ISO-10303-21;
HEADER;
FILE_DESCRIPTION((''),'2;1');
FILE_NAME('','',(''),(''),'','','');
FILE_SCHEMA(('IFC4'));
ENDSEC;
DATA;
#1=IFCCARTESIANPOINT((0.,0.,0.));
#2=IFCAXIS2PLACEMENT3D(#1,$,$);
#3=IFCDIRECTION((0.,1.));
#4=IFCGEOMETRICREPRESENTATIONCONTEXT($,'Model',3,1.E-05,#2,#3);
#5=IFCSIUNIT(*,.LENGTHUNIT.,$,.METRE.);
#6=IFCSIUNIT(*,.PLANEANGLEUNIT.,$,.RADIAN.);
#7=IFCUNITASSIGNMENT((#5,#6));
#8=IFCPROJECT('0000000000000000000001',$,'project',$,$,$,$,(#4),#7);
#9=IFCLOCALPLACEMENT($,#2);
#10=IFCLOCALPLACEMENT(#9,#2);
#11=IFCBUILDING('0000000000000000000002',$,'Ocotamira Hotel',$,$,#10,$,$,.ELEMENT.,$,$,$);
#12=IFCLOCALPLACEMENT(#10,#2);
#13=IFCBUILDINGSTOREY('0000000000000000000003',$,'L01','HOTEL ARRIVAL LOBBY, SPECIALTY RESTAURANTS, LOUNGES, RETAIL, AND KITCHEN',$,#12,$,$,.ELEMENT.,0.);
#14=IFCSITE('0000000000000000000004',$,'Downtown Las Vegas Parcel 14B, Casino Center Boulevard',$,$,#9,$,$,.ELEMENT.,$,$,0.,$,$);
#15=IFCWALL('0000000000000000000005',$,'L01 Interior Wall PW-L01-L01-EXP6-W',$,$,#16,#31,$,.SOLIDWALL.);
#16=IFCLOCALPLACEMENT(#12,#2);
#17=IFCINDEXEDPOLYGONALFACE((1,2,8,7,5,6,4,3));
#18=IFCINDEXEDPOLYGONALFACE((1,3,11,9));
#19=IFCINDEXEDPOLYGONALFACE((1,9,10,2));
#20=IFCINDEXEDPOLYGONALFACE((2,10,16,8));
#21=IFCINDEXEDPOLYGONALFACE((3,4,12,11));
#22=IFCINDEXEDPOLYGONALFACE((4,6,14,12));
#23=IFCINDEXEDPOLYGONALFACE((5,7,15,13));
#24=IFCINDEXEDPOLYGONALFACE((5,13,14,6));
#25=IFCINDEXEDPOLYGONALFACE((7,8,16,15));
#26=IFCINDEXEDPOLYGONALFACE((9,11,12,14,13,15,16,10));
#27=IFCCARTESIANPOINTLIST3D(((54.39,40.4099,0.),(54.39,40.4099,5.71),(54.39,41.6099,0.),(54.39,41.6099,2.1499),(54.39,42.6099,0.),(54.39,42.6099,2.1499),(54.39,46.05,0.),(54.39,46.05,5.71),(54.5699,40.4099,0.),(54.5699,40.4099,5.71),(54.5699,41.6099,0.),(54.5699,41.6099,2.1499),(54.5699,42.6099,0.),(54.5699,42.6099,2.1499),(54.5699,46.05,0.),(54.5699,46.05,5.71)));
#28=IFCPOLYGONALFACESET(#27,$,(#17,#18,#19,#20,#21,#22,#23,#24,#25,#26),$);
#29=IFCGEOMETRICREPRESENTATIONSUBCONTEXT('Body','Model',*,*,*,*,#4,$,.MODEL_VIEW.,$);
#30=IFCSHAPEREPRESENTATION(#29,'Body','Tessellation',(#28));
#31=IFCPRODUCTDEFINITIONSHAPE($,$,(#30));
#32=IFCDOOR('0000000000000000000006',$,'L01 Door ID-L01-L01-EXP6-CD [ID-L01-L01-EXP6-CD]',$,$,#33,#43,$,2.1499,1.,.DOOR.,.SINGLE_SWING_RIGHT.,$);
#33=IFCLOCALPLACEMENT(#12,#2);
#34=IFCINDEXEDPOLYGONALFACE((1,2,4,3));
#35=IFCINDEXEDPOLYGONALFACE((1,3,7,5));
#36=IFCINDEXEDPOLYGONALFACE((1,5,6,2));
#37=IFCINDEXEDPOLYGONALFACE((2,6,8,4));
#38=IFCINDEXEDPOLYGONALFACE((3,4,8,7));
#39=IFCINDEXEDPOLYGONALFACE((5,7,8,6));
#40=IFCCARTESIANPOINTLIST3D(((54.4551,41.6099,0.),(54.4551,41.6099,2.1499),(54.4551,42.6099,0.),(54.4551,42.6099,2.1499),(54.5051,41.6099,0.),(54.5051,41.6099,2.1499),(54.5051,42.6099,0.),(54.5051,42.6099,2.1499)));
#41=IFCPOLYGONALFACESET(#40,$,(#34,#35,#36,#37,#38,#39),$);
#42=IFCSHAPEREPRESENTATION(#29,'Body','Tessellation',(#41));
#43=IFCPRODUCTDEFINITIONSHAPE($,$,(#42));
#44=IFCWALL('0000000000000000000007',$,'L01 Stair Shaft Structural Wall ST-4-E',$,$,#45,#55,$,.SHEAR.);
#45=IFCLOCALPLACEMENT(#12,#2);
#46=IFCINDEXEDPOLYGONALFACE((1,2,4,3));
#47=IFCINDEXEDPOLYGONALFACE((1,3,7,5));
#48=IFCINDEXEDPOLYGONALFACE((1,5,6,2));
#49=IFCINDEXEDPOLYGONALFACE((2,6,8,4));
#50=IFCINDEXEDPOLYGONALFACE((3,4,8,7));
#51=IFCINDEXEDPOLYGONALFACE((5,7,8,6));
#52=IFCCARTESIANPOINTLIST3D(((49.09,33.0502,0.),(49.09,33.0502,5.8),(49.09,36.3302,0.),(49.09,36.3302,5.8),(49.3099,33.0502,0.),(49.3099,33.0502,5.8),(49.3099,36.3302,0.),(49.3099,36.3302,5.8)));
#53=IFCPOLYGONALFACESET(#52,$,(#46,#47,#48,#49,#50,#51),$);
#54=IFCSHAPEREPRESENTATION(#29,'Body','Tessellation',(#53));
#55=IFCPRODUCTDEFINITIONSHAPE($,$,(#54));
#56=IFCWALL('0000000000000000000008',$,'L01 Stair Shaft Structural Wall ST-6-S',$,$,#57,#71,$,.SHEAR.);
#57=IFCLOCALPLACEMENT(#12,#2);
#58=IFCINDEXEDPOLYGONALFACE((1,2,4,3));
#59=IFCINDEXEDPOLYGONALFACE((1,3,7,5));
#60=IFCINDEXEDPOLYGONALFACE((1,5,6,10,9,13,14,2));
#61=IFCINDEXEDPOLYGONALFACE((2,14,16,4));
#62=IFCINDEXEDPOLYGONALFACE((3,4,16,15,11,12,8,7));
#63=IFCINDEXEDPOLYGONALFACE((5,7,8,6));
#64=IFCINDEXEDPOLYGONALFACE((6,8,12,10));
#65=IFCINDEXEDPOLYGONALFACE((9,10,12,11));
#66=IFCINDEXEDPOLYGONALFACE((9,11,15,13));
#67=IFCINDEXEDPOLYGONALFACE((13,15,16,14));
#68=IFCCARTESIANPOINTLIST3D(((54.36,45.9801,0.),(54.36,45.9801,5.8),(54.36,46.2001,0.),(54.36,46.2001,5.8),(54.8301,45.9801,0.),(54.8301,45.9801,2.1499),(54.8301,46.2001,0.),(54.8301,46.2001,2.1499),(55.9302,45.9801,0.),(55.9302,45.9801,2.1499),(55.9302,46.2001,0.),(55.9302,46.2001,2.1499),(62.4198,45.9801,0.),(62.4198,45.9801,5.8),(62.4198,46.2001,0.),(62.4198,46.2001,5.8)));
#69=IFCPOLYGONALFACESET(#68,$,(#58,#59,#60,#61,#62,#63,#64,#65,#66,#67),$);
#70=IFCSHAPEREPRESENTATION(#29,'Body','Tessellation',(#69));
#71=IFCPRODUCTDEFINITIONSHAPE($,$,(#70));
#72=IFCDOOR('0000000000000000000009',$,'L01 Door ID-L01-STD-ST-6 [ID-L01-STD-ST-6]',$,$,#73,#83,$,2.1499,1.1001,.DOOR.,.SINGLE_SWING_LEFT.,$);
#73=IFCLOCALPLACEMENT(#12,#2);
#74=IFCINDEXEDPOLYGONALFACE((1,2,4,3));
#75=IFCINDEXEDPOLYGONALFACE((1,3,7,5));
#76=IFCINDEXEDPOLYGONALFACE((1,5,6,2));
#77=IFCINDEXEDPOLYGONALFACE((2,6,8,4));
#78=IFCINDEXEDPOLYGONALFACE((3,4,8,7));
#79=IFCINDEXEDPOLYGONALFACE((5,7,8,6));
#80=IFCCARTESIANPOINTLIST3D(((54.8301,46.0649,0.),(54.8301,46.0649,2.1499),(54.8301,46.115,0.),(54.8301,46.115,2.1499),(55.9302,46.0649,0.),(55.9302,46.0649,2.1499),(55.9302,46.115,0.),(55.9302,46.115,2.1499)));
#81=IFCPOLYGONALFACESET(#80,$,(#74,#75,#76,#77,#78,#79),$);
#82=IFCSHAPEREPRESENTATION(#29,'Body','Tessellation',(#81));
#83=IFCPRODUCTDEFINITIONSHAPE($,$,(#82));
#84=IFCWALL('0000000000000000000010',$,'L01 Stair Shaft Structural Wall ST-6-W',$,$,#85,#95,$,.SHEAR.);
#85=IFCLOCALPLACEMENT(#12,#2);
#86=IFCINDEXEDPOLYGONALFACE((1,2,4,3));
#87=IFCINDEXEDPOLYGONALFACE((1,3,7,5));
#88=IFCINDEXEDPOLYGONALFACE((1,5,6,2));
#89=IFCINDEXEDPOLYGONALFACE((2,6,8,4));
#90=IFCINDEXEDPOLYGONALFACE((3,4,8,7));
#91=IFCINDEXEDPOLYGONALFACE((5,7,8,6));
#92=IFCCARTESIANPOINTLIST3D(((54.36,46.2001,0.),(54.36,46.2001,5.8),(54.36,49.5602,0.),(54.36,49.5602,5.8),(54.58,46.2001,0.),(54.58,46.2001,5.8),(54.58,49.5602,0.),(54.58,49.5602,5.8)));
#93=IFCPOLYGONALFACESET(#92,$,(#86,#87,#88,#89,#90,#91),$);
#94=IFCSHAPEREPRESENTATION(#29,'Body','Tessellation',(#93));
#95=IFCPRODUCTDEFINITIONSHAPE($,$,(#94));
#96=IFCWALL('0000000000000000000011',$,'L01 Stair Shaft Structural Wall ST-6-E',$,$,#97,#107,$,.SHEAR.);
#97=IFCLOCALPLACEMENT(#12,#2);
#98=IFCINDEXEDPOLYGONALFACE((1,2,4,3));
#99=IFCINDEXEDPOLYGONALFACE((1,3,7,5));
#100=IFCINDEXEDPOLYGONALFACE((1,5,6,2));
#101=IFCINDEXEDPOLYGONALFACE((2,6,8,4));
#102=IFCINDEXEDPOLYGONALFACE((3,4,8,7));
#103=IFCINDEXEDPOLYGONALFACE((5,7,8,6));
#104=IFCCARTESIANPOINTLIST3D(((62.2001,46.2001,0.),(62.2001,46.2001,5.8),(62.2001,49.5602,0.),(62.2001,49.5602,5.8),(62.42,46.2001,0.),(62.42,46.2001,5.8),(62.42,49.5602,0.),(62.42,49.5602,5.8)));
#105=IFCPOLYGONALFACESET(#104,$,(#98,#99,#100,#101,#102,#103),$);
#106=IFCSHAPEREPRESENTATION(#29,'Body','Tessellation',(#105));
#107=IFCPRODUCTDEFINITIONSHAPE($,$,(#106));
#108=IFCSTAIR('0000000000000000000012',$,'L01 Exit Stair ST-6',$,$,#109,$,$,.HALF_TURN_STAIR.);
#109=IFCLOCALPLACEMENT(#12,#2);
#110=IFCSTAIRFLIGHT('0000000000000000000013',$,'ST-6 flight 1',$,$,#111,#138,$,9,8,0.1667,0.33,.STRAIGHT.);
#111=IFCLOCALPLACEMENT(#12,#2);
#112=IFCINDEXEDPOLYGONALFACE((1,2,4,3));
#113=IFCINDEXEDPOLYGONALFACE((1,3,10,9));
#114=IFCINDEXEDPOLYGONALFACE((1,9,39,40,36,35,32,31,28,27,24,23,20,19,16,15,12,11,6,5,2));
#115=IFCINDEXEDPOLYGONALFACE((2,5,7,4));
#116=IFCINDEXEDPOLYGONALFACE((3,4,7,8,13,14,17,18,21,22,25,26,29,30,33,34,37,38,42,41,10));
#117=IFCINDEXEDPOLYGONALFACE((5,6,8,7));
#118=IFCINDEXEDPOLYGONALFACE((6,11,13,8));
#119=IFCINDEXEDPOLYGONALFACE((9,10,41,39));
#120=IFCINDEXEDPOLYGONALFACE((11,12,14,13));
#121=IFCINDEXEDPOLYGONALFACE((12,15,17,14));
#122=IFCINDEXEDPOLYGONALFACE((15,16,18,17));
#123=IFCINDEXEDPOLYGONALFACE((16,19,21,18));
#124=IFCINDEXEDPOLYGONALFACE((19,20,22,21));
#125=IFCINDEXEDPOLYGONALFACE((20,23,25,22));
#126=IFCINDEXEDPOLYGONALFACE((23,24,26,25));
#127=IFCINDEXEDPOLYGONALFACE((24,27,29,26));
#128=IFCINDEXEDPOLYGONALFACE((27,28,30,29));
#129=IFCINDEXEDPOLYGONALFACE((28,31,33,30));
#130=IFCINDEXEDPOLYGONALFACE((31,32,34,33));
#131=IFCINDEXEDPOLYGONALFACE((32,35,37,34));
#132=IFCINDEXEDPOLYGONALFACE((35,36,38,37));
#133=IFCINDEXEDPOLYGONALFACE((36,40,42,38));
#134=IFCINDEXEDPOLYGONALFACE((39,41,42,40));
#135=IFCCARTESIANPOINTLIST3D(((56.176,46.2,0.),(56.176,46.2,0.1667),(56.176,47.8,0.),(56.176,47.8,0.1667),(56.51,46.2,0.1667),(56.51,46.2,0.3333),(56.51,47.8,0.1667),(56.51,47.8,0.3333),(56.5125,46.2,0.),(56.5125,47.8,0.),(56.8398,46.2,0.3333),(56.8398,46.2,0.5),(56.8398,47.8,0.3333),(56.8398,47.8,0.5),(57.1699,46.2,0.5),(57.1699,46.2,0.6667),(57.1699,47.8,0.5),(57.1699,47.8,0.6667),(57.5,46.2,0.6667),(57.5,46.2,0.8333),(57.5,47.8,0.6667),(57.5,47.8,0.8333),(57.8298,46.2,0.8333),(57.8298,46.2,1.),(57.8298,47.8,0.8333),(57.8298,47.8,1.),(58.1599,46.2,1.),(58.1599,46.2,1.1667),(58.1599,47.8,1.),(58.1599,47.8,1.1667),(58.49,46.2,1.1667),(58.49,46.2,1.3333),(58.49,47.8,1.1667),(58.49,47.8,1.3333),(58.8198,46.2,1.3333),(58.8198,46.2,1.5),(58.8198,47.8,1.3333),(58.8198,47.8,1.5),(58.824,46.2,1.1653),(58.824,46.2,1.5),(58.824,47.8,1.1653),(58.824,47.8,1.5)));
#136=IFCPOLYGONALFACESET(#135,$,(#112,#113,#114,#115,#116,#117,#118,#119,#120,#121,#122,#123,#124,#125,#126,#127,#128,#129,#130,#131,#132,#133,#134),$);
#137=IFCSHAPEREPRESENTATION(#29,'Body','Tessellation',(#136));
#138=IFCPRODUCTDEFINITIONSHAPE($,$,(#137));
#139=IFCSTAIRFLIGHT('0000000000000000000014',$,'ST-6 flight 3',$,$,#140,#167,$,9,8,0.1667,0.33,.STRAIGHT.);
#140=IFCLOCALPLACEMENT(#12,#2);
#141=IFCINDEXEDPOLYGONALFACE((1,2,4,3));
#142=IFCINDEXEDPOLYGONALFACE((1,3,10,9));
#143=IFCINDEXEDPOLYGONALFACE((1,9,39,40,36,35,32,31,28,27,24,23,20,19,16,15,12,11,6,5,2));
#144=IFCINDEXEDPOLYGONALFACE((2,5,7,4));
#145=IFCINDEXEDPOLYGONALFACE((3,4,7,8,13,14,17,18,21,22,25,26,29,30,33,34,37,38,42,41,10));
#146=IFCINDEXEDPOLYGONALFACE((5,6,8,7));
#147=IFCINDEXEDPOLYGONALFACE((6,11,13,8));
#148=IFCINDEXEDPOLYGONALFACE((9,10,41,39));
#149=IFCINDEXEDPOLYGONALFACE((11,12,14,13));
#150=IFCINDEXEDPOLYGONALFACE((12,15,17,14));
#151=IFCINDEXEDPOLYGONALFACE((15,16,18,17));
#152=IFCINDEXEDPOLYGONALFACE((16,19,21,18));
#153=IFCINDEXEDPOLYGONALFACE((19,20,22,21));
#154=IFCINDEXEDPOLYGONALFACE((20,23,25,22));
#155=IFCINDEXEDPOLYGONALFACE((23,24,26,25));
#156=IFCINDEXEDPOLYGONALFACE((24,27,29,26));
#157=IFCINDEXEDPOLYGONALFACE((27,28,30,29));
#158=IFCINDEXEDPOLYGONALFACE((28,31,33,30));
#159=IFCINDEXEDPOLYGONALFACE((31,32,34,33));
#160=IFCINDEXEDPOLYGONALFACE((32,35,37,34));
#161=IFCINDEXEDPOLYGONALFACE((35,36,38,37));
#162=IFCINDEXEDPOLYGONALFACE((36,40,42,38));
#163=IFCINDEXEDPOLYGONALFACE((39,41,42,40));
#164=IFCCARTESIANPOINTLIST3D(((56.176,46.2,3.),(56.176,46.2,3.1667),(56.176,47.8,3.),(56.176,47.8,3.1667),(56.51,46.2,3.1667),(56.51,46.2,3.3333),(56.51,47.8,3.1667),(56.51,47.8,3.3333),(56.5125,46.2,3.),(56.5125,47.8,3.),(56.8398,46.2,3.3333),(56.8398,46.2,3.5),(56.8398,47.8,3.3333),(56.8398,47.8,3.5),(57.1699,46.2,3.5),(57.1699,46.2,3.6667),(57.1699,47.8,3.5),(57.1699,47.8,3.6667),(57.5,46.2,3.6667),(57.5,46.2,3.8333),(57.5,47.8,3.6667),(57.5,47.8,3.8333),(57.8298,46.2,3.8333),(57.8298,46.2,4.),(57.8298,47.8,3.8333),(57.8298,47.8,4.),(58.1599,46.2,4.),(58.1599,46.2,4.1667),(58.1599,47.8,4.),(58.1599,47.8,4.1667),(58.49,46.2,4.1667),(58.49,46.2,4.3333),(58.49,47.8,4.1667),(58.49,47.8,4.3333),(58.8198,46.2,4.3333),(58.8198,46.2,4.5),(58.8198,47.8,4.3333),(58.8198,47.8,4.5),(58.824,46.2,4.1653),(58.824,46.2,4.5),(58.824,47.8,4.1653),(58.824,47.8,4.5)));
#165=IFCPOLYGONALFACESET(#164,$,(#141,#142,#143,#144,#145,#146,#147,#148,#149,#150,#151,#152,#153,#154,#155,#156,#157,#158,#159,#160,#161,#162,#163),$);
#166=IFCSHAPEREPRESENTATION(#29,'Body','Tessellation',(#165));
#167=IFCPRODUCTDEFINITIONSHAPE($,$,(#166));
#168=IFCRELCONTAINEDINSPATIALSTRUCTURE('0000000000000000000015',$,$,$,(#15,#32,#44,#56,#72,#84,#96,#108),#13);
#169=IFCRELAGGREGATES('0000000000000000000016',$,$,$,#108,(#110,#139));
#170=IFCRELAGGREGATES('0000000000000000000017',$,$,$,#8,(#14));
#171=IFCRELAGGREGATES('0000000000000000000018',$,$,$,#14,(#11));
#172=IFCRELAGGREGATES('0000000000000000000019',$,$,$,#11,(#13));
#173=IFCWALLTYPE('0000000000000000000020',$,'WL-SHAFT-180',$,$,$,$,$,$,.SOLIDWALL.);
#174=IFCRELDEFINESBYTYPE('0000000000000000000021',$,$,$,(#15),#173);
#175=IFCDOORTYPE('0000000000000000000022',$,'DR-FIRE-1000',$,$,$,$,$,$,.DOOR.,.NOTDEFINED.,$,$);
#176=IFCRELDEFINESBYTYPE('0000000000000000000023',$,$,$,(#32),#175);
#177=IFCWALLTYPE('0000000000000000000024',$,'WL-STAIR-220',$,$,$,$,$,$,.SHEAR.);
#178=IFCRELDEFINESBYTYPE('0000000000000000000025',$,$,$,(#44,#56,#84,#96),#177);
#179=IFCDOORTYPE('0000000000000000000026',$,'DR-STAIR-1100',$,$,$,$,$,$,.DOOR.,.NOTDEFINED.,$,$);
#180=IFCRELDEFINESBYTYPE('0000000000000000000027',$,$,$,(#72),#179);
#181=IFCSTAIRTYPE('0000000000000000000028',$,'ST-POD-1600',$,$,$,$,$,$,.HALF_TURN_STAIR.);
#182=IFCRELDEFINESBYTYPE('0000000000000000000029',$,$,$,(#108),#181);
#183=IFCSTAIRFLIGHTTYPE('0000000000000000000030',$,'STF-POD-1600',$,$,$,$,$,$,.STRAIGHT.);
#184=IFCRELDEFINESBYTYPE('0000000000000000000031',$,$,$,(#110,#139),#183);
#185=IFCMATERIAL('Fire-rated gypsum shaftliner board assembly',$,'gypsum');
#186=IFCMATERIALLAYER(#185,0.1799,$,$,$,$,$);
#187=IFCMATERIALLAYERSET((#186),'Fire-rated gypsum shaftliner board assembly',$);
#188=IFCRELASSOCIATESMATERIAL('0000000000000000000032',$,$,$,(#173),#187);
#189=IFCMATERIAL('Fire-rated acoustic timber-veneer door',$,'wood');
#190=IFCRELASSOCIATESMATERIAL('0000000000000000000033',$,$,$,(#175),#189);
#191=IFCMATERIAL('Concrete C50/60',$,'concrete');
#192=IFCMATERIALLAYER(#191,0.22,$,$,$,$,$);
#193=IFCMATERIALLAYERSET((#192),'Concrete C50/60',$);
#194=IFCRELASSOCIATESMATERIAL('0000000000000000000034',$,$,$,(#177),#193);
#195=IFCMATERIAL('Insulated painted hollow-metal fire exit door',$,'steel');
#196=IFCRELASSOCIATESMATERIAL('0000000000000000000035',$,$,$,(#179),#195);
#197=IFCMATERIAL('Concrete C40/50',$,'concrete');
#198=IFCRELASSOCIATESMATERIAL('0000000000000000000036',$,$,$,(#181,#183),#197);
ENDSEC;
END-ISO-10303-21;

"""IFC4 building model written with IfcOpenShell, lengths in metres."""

from ifc_helpers import new_model, si_unit, direction, frame, frame_2d, origin, place, context, subcontext, project, spatial, polyline, rectangle, outline, extrude, source, transform, mapped, material, layer, layer_set, type_object, element, fill, aggregate, save


model = new_model("IFC4")

# Units and contexts
model_context = context("Model", 3, precision=1e-05, world=origin(), true_north=direction((0.0, 1.0)))
body_context = subcontext(model_context, "Body", "Model", "MODEL_VIEW")
ifc_project = project(units=[si_unit("LENGTHUNIT", "METRE"), si_unit("PLANEANGLEUNIT", "RADIAN")], contexts=[model_context])

# Site, building, storey
site_placement = place(None, origin())
site = spatial("IfcSite", under=ifc_project, at=site_placement, Name="Downtown Las Vegas Parcel 14B, Casino Center Boulevard", CompositionType="ELEMENT", RefElevation=0.0)
building_placement = place(site_placement, origin())
building = spatial("IfcBuilding", under=site, at=building_placement, Name="Ocotamira Hotel", CompositionType="ELEMENT")
storey_placement = place(building_placement, origin())
storey = spatial("IfcBuildingStorey", under=building, at=storey_placement, Name="L01", Description="HOTEL ARRIVAL LOBBY, SPECIALTY RESTAURANTS, LOUNGES, RETAIL, AND KITCHEN", CompositionType="ELEMENT", Elevation=0.0)

# Shared definitions
ifc_material_1 = material(Name="Fire-rated gypsum shaftliner board assembly", Category="gypsum")
ifc_layer_1 = layer(ifc_material_1, 0.1799)
ifc_layer_set_1 = layer_set([ifc_layer_1], Name="Fire-rated gypsum shaftliner board assembly")
wall_type_1 = type_object("IfcWallType", Name="WL-SHAFT-180", PredefinedType="SOLIDWALL", material=ifc_layer_set_1)

# Wall, opening, door
wall_1_placement = place(storey_placement, frame((54.48, 40.4099, 0.0), z_axis=(0.0, 0.0, 1.0), x_axis=(0.0, 1.0, 0.0)))
wall_1 = element("IfcWall", 1, at=wall_1_placement, inside=storey, type_object=wall_type_1, Name="L01 Interior Wall PW-L01-L01-EXP6-W", PredefinedType="SOLIDWALL", context=body_context, shape_type="SweptSolid", body=[
    extrude(rectangle(XDim=5.6401, YDim=0.1799, at=frame_2d((2.8201, 0.0))), origin(), (0.0, 0.0, 1.0), 5.71),
])
opening_1_placement = place(wall_1_placement, frame((1.2, 0.0, 0.0)))
opening_1 = element("IfcOpeningElement", 2, at=opening_1_placement, cuts=wall_1, PredefinedType="OPENING", context=body_context, shape_type="SweptSolid", body=[
    extrude(rectangle(XDim=1.0, YDim=2.1499, at=frame_2d((0.5, 1.075))), frame((0.0, 0.1001, 0.0), z_axis=(0.0, -1.0, 0.0), x_axis=(1.0, 0.0, 0.0)), (0.0, 0.0, 1.0), 0.2),
])
ifc_material_2 = material(Name="Fire-rated acoustic timber-veneer door", Category="wood")
door_type_1 = type_object("IfcDoorType", Name="DR-FIRE-1000", OperationType="NOTDEFINED", PredefinedType="DOOR", material=ifc_material_2)
shared_shape_1 = source(origin(), body_context, "Body", "SweptSolid", [
    extrude(rectangle(XDim=1.0, YDim=2.1499, at=frame_2d((0.5, 1.075))), frame((0.0, 0.0249, 0.0), z_axis=(0.0, -1.0, 0.0), x_axis=(1.0, 0.0, 0.0)), (0.0, 0.0, 1.0), 0.05),
])
door_1_placement = place(opening_1_placement, origin())
door_1 = element("IfcDoor", 3, at=door_1_placement, inside=storey, type_object=door_type_1, Name="L01 Door ID-L01-L01-EXP6-CD [ID-L01-L01-EXP6-CD]", OperationType="SINGLE_SWING_RIGHT", OverallHeight=2.1499, OverallWidth=1.0, PredefinedType="DOOR", context=body_context, shape_type="MappedRepresentation", body=[
    mapped(shared_shape_1, transform((0.0, 0.0, 0.0), scale=1.0)),
])
fill(opening_1, door_1)

# Wall
ifc_material_3 = material(Name="Concrete C50/60", Category="concrete")
ifc_layer_2 = layer(ifc_material_3, 0.22)
ifc_layer_set_2 = layer_set([ifc_layer_2], Name="Concrete C50/60")
wall_type_2 = type_object("IfcWallType", Name="WL-STAIR-220", PredefinedType="SHEAR", material=ifc_layer_set_2)
wall_2_placement = place(storey_placement, frame((49.2, 33.05, 0.0), z_axis=(0.0, 0.0, 1.0), x_axis=(0.0, 1.0, 0.0)))
element("IfcWall", 4, at=wall_2_placement, inside=storey, type_object=wall_type_2, Name="L01 Stair Shaft Structural Wall ST-4-E", PredefinedType="SHEAR", context=body_context, shape_type="SweptSolid", body=[
    extrude(rectangle(XDim=3.28, YDim=0.22, at=frame_2d((1.6401, 0.0))), origin(), (0.0, 0.0, 1.0), 5.8),
])

# Wall, opening, door
wall_3_placement = place(storey_placement, frame((54.3601, 46.0901, 0.0), z_axis=(0.0, 0.0, 1.0), x_axis=(1.0, 0.0, 0.0)))
wall_3 = element("IfcWall", 5, at=wall_3_placement, inside=storey, type_object=wall_type_2, Name="L01 Stair Shaft Structural Wall ST-6-S", PredefinedType="SHEAR", context=body_context, shape_type="SweptSolid", body=[
    extrude(rectangle(XDim=8.0598, YDim=0.22, at=frame_2d((4.0298, 0.0))), origin(), (0.0, 0.0, 1.0), 5.8),
])
opening_2_placement = place(wall_3_placement, frame((0.47, 0.0, 0.0)))
opening_2 = element("IfcOpeningElement", 6, at=opening_2_placement, cuts=wall_3, PredefinedType="OPENING", context=body_context, shape_type="SweptSolid", body=[
    extrude(rectangle(XDim=1.1001, YDim=2.1499, at=frame_2d((0.55, 1.075))), frame((0.0, 0.1201, 0.0), z_axis=(0.0, -1.0, 0.0), x_axis=(1.0, 0.0, 0.0)), (0.0, 0.0, 1.0), 0.24),
])
ifc_material_4 = material(Name="Insulated painted hollow-metal fire exit door", Category="steel")
door_type_2 = type_object("IfcDoorType", Name="DR-STAIR-1100", OperationType="NOTDEFINED", PredefinedType="DOOR", material=ifc_material_4)
shared_shape_2 = source(origin(), body_context, "Body", "SweptSolid", [
    extrude(rectangle(XDim=1.1001, YDim=2.1499, at=frame_2d((0.55, 1.075))), frame((0.0, 0.0249, 0.0), z_axis=(0.0, -1.0, 0.0), x_axis=(1.0, 0.0, 0.0)), (0.0, 0.0, 1.0), 0.05),
])
door_2_placement = place(opening_2_placement, origin())
door_2 = element("IfcDoor", 7, at=door_2_placement, inside=storey, type_object=door_type_2, Name="L01 Door ID-L01-STD-ST-6 [ID-L01-STD-ST-6]", OperationType="SINGLE_SWING_LEFT", OverallHeight=2.1499, OverallWidth=1.1001, PredefinedType="DOOR", context=body_context, shape_type="MappedRepresentation", body=[
    mapped(shared_shape_2, transform((0.0, 0.0, 0.0), scale=1.0)),
])
fill(opening_2, door_2)

# Walls
for number, where, z_axis, x_axis, name in (
    (8, (54.47, 46.2, 0.0), (0.0, 0.0, 1.0), (0.0, 1.0, 0.0), "L01 Stair Shaft Structural Wall ST-6-W"),
    (9, (62.3101, 46.2, 0.0), (0.0, 0.0, 1.0), (0.0, 1.0, 0.0), "L01 Stair Shaft Structural Wall ST-6-E"),
):
    element("IfcWall", number, at=place(storey_placement, frame(where, z_axis=z_axis, x_axis=x_axis)), inside=storey, type_object=wall_type_2, Name=name, PredefinedType="SHEAR", context=body_context, shape_type="SweptSolid", body=[
        extrude(rectangle(XDim=3.3601, YDim=0.22, at=frame_2d((1.6802, 0.0))), origin(), (0.0, 0.0, 1.0), 5.8),
    ])

# Stair, stair flights
ifc_material_5 = material(Name="Concrete C40/50", Category="concrete")
stair_type = type_object("IfcStairType", Name="ST-POD-1600", PredefinedType="HALF_TURN_STAIR", material=ifc_material_5)
stair_placement = place(storey_placement, origin())
stair = element("IfcStair", 10, at=stair_placement, inside=storey, type_object=stair_type, Name="L01 Exit Stair ST-6", PredefinedType="HALF_TURN_STAIR")
stair_flight_type = type_object("IfcStairFlightType", Name="STF-POD-1600", PredefinedType="STRAIGHT", material=ifc_material_5)
shared_shape_3 = source(origin(), body_context, "Body", "SweptSolid", [
    extrude(outline(polyline([(-0.0039, 0.0), (-0.0039, 0.1667), (0.3301, 0.1667), (0.3301, 0.3333), (0.6599, 0.3333), (0.6599, 0.5), (0.99, 0.5), (0.99, 0.6667), (1.3201, 0.6667), (1.3201, 0.8333), (1.6499, 0.8333), (1.6499, 1.0), (1.98, 1.0), (1.98, 1.1667), (2.3101, 1.1667), (2.3101, 1.3333), (2.6399, 1.3333), (2.6399, 1.5), (2.644, 1.5), (2.644, 1.1653), (0.3325, 0.0), (-0.0039, 0.0)])), frame((0.0, 0.8, 0.0), z_axis=(0.0, -1.0, 0.0), x_axis=(1.0, 0.0, 0.0)), (0.0, 0.0, 1.0), 1.6001),
])
stair_flight_1_placement = place(storey_placement, frame((56.1799, 47.0, 0.0), z_axis=(0.0, 0.0, 1.0), x_axis=(1.0, 0.0, 0.0)))
stair_flight_1 = element("IfcStairFlight", 11, at=stair_flight_1_placement, type_object=stair_flight_type, Name="ST-6 flight 1", NumberOfRisers=9, NumberOfTreads=8, PredefinedType="STRAIGHT", RiserHeight=0.1667, TreadLength=0.33, context=body_context, shape_type="MappedRepresentation", body=[
    mapped(shared_shape_3, transform((0.0, 0.0, 0.0), scale=1.0)),
])
stair_flight_2_placement = place(storey_placement, frame((56.1799, 47.0, 3.0), z_axis=(0.0, 0.0, 1.0), x_axis=(1.0, 0.0, 0.0)))
stair_flight_2 = element("IfcStairFlight", 12, at=stair_flight_2_placement, type_object=stair_flight_type, Name="ST-6 flight 3", NumberOfRisers=9, NumberOfTreads=8, PredefinedType="STRAIGHT", RiserHeight=0.1667, TreadLength=0.33, context=body_context, shape_type="MappedRepresentation", body=[
    mapped(shared_shape_3, transform((0.0, 0.0, 0.0), scale=1.0)),
])
aggregate(stair, [stair_flight_1, stair_flight_2])

save(model, "model.ifc")
